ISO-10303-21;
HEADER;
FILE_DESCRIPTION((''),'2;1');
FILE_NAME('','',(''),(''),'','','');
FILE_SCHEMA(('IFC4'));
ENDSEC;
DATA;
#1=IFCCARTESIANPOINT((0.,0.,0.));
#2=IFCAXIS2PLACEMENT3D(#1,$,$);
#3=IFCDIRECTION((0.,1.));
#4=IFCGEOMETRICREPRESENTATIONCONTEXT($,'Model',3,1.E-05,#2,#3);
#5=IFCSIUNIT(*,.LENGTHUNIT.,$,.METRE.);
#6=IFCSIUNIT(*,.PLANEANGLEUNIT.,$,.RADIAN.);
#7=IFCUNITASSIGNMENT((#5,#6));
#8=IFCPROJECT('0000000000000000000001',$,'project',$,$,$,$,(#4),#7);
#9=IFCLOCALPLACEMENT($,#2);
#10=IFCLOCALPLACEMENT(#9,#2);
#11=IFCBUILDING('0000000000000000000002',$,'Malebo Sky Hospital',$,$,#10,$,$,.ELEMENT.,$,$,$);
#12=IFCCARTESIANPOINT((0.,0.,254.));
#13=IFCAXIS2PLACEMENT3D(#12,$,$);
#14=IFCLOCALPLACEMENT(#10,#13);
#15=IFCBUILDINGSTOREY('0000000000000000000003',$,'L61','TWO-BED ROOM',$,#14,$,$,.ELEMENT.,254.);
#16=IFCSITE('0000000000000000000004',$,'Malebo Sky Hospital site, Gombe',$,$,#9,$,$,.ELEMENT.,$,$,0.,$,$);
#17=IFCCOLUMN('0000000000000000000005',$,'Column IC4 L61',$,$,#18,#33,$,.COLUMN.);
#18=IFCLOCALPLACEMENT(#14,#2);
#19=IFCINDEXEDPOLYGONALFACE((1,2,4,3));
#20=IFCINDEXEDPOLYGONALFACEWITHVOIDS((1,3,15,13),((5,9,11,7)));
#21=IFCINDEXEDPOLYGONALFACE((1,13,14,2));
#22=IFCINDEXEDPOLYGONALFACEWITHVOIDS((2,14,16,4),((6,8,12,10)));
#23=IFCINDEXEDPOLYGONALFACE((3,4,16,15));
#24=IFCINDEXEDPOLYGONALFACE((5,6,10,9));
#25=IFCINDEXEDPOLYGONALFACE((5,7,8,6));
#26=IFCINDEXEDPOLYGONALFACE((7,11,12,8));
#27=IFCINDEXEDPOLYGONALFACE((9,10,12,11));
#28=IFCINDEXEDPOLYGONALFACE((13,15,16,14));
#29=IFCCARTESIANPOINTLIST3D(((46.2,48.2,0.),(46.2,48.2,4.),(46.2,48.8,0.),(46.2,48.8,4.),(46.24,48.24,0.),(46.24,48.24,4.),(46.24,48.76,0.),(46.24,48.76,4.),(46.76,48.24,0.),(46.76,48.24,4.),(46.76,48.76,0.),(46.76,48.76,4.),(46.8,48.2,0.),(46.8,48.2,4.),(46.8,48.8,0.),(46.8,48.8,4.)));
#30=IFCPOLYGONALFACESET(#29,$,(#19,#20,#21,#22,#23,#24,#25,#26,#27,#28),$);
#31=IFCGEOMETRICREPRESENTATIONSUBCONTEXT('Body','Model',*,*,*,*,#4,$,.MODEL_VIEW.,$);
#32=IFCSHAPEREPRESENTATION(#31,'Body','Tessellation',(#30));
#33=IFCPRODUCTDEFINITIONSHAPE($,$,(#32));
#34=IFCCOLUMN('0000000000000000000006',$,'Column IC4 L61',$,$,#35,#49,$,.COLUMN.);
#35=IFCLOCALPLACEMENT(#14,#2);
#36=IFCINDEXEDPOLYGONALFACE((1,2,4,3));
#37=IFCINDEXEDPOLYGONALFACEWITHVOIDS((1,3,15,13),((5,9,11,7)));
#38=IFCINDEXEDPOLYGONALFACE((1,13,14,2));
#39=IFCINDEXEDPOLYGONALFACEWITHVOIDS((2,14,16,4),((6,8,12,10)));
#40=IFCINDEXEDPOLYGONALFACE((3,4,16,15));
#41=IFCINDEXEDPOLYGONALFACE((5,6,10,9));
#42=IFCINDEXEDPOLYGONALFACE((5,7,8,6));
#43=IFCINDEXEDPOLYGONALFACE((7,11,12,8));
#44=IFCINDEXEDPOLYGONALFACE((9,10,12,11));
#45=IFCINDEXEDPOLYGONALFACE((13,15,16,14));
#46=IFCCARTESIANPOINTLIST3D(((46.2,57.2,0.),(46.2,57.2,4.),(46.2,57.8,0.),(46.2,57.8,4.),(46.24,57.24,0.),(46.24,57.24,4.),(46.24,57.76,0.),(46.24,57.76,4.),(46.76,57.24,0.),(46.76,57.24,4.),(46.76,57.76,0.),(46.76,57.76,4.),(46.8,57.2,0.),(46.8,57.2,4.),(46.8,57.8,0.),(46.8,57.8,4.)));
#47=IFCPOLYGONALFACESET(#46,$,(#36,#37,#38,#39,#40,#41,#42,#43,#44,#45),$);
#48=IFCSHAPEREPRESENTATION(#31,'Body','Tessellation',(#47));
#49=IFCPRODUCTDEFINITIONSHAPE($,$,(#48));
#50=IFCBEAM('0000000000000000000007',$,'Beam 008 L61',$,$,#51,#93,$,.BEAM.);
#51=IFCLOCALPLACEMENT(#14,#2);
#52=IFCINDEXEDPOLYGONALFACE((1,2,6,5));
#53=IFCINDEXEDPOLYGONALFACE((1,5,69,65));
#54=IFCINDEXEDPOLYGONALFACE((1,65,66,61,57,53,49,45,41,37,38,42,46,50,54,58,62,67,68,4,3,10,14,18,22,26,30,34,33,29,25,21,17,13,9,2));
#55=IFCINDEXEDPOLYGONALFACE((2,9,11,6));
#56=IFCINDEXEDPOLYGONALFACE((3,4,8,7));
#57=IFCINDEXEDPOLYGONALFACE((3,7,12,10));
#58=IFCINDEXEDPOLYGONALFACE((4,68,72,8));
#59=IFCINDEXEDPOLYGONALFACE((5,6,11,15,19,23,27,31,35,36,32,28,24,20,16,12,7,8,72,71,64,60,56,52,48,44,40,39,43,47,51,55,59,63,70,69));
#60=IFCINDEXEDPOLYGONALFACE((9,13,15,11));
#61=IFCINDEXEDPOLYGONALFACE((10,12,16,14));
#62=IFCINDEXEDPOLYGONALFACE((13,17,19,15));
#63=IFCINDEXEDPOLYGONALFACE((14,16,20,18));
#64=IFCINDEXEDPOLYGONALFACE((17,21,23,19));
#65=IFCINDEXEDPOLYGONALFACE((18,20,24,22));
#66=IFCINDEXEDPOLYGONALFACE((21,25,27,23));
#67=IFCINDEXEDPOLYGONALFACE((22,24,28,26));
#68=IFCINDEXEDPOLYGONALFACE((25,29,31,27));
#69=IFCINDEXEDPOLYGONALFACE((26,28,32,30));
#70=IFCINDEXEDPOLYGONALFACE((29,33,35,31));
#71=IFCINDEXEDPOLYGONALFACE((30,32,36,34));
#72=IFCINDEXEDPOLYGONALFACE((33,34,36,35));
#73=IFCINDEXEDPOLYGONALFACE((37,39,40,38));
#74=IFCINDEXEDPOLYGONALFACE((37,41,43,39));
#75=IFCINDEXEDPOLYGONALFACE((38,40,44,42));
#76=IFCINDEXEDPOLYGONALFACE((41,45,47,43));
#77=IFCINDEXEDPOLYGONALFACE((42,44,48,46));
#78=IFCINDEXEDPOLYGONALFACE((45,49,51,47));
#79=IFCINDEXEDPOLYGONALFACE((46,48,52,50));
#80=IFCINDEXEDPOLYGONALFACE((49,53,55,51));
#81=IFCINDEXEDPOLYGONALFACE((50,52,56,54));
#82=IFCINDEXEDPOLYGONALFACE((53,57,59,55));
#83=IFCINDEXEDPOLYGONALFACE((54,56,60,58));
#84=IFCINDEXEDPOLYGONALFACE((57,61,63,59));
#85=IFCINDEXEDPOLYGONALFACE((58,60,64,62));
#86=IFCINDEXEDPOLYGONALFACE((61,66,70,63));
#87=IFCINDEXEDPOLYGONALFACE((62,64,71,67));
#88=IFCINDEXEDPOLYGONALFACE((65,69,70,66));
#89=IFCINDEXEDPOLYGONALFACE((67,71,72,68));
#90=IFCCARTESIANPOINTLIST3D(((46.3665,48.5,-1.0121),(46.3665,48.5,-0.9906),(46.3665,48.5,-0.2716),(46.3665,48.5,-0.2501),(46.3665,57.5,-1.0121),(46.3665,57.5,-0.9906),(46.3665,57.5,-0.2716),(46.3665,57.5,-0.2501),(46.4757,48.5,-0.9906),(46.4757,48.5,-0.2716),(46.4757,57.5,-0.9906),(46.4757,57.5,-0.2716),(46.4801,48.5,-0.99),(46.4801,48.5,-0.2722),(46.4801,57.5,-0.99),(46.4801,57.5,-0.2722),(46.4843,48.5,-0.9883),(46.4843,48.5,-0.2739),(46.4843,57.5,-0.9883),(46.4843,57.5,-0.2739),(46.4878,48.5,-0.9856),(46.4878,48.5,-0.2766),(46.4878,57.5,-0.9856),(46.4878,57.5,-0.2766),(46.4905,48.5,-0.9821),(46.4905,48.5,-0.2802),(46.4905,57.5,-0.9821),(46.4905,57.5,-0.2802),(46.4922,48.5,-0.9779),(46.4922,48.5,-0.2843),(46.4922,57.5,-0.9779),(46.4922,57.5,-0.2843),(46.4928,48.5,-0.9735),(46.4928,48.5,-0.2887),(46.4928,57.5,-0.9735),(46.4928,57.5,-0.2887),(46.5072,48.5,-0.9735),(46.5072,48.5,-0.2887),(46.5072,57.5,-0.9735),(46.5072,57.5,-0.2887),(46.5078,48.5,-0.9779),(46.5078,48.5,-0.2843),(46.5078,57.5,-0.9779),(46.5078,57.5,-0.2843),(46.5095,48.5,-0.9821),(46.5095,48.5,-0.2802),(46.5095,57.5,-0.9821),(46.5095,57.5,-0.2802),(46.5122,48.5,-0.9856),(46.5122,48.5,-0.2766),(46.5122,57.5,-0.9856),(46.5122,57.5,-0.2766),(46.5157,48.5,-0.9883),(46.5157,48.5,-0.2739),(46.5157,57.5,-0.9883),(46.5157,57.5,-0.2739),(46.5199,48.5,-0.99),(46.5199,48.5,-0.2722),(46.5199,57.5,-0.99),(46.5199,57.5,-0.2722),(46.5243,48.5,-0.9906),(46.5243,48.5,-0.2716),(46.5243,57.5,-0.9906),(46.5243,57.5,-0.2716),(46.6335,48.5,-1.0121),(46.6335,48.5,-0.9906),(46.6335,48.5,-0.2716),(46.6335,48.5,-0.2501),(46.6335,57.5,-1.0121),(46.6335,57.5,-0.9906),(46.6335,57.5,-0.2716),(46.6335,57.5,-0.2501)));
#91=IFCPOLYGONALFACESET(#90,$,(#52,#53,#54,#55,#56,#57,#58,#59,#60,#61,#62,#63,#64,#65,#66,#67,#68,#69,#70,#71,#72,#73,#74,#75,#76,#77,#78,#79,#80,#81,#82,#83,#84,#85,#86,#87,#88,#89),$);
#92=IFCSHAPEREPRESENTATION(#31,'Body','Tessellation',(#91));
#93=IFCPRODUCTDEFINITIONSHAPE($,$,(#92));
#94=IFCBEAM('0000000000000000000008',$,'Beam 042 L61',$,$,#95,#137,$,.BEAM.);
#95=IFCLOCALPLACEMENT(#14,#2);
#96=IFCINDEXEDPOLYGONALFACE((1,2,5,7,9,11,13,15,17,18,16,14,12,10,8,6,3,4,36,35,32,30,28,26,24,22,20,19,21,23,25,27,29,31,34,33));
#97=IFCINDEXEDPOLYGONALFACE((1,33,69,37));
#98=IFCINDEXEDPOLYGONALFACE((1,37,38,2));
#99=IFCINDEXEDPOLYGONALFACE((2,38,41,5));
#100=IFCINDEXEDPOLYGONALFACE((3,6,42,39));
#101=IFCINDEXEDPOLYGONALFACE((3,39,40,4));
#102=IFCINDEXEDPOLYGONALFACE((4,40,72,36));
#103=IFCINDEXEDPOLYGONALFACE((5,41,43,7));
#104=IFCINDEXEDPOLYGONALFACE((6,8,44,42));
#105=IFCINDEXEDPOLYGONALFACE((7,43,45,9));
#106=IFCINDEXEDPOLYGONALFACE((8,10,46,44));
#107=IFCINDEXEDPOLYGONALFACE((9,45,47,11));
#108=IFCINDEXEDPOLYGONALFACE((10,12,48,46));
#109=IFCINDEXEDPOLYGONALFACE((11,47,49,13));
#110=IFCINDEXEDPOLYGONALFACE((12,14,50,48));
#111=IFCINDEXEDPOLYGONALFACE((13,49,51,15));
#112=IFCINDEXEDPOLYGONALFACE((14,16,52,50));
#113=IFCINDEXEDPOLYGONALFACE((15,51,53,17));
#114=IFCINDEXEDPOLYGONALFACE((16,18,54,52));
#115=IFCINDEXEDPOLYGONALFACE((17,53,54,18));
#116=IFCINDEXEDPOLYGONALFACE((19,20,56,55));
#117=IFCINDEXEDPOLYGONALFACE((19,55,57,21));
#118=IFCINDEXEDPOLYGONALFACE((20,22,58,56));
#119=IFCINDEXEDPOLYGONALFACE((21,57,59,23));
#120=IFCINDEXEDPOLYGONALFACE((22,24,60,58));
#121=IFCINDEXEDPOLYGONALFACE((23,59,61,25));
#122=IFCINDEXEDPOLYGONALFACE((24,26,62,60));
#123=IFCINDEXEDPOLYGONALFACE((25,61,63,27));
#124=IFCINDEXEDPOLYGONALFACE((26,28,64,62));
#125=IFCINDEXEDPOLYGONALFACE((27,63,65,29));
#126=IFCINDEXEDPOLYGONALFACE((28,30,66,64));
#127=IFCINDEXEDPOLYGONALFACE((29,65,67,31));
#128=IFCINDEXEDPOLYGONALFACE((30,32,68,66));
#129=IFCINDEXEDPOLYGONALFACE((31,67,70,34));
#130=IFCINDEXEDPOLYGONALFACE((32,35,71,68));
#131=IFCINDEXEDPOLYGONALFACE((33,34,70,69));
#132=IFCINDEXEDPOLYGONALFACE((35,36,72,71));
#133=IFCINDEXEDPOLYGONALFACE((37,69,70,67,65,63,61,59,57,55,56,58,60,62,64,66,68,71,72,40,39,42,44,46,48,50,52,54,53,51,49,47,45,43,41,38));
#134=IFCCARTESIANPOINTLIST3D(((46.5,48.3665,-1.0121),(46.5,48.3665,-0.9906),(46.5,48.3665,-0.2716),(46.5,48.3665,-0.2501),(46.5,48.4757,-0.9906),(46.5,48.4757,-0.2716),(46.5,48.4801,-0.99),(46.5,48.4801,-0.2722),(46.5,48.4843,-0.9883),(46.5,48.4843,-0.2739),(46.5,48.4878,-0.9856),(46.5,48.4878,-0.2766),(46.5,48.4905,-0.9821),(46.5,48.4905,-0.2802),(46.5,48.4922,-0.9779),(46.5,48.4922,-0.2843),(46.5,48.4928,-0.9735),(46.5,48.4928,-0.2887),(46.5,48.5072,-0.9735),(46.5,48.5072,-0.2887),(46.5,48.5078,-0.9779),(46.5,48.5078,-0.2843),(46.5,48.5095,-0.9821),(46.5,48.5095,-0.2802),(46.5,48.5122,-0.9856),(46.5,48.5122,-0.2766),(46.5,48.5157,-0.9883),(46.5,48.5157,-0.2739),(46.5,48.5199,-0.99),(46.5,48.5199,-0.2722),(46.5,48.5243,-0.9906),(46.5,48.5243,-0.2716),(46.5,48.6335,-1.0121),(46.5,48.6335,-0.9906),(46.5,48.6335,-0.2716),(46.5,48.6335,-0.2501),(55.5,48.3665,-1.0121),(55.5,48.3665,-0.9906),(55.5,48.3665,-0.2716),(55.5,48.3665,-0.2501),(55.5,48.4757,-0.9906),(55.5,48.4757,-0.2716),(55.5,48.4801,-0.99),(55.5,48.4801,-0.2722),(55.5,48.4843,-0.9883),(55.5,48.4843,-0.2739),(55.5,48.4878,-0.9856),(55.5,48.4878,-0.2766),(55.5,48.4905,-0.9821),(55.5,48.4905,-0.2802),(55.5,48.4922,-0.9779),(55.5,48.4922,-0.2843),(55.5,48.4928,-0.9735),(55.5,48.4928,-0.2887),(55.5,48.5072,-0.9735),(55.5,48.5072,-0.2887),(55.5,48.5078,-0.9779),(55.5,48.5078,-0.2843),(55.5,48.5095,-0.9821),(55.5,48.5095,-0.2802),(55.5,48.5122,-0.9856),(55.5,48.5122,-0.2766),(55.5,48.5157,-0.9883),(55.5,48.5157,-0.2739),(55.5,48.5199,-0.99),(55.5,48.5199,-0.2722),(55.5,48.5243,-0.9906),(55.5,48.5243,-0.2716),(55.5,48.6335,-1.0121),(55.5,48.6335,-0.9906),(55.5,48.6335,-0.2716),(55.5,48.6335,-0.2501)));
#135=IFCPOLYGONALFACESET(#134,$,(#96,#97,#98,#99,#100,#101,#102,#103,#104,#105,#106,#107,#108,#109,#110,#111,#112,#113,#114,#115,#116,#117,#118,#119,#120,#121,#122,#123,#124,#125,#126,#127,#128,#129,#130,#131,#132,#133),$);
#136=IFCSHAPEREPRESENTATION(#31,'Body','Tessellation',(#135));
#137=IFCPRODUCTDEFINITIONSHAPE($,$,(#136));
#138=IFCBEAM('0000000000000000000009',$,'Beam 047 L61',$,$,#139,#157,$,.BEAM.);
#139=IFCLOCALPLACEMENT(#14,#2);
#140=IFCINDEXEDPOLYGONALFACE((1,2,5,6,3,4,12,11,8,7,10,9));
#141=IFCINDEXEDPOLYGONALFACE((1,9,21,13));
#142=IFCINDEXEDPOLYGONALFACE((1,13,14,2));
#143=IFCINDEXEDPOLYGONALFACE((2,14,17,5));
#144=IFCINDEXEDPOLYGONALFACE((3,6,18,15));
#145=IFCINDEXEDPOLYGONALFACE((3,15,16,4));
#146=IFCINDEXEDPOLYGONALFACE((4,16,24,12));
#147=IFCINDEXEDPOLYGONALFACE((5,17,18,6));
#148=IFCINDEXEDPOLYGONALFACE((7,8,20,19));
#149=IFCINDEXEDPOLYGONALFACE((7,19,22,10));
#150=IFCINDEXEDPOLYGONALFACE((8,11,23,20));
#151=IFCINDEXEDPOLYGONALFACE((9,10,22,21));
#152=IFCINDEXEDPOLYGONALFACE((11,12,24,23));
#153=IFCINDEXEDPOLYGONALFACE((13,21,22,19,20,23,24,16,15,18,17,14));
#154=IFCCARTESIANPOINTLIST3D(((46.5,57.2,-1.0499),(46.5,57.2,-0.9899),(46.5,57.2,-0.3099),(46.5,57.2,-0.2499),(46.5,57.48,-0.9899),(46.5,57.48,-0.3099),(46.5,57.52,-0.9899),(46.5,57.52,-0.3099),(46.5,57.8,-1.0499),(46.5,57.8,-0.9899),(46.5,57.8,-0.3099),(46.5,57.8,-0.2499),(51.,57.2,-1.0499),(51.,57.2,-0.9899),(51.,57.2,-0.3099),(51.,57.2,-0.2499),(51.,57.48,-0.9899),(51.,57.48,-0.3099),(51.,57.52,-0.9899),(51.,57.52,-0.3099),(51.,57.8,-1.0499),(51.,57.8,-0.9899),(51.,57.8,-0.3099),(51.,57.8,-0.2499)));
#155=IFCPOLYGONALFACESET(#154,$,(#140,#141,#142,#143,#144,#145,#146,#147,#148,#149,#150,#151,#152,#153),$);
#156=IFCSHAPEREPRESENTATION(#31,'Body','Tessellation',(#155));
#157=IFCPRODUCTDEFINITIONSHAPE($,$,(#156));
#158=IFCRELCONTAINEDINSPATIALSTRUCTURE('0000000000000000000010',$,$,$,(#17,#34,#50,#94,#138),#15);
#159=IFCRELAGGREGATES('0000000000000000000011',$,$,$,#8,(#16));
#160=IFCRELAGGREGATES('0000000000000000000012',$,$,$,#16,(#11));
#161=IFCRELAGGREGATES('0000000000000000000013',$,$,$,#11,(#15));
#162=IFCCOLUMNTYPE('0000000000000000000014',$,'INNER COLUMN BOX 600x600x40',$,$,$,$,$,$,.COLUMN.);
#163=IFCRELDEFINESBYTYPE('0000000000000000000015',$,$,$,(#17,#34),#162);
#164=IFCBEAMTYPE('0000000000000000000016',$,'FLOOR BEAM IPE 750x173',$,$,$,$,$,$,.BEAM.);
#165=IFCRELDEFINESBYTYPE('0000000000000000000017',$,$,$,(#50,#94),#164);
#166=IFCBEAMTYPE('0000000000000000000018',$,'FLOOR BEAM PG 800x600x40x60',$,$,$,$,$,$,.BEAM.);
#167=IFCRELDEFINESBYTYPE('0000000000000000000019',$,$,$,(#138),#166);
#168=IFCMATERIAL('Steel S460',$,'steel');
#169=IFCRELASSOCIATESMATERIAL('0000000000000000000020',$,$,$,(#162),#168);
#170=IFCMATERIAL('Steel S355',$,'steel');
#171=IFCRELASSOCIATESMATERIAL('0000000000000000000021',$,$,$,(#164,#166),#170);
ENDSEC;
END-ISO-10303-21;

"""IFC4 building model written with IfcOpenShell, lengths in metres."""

from ifc_helpers import new_model, si_unit, direction, frame, origin, origin_2d, place, context, subcontext, project, spatial, hollow_rectangle, i_section, extrude, material, material_profile, profile_set, type_object, element, save


model = new_model("IFC4")

# Units and contexts
model_context = context("Model", 3, precision=1e-05, world=origin(), true_north=direction((0.0, 1.0)))
body_context = subcontext(model_context, "Body", "Model", "MODEL_VIEW")
ifc_project = project(units=[si_unit("LENGTHUNIT", "METRE"), si_unit("PLANEANGLEUNIT", "RADIAN")], contexts=[model_context])

# Site, building, storey
site_placement = place(None, origin())
site = spatial("IfcSite", under=ifc_project, at=site_placement, Name="Malebo Sky Hospital site, Gombe", CompositionType="ELEMENT", RefElevation=0.0)
building_placement = place(site_placement, origin())
building = spatial("IfcBuilding", under=site, at=building_placement, Name="Malebo Sky Hospital", CompositionType="ELEMENT")
storey_placement = place(building_placement, frame((0.0, 0.0, 254.0)))
storey = spatial("IfcBuildingStorey", under=building, at=storey_placement, Name="L61", Description="TWO-BED ROOM", CompositionType="ELEMENT", Elevation=254.0)

# Columns
ifc_material_1 = material(Name="Steel S460", Category="steel")
ifc_material_profile_1 = material_profile(ifc_material_1, hollow_rectangle(XDim=0.6001, YDim=0.6001, WallThickness=0.04, at=origin_2d()), Name="BOX 600x600x40")
ifc_profile_set_1 = profile_set([ifc_material_profile_1], Name="Steel S460")
column_type = type_object("IfcColumnType", Name="INNER COLUMN BOX 600x600x40", PredefinedType="COLUMN", material=ifc_profile_set_1)
for number, where, z_axis, x_axis, name in (
    (1, (46.5, 48.5, 0.0), (0.0, 0.0, 1.0), (1.0, 0.0, 0.0), "Column IC4 L61"),
    (2, (46.5, 57.5, 0.0), (0.0, 0.0, 1.0), (1.0, 0.0, 0.0), "Column IC4 L61"),
):
    element("IfcColumn", number, at=place(storey_placement, frame(where, z_axis=z_axis, x_axis=x_axis)), inside=storey, type_object=column_type, Name=name, PredefinedType="COLUMN", context=body_context, shape_type="SweptSolid", body=[
        extrude(hollow_rectangle(XDim=0.6001, YDim=0.6001, WallThickness=0.04, at=origin_2d()), origin(), (0.0, 0.0, 1.0), 4.0),
    ])

# Beams
ifc_material_2 = material(Name="Steel S355", Category="steel")
ifc_material_profile_2 = material_profile(ifc_material_2, i_section(OverallWidth=0.2671, OverallDepth=0.762, WebThickness=0.0144, FlangeThickness=0.0215, FilletRadius=0.0171, at=origin_2d()), Name="IPE 750x173")
ifc_profile_set_2 = profile_set([ifc_material_profile_2], Name="Steel S355")
beam_type_1 = type_object("IfcBeamType", Name="FLOOR BEAM IPE 750x173", PredefinedType="BEAM", material=ifc_profile_set_2)
for number, where, z_axis, x_axis, name in (
    (3, (46.5, 48.5, -0.6311), (0.0, 1.0, 0.0), (-1.0, 0.0, 0.0), "Beam 008 L61"),
    (4, (46.5, 48.5, -0.6311), (1.0, 0.0, 0.0), (0.0, 1.0, 0.0), "Beam 042 L61"),
):
    element("IfcBeam", number, at=place(storey_placement, frame(where, z_axis=z_axis, x_axis=x_axis)), inside=storey, type_object=beam_type_1, Name=name, PredefinedType="BEAM", context=body_context, shape_type="SweptSolid", body=[
        extrude(i_section(OverallWidth=0.2671, OverallDepth=0.762, WebThickness=0.0144, FlangeThickness=0.0215, FilletRadius=0.0171, at=origin_2d()), origin(), (0.0, 0.0, 1.0), 9.0),
    ])
ifc_material_profile_3 = material_profile(ifc_material_2, i_section(OverallWidth=0.6001, OverallDepth=0.8, WebThickness=0.04, FlangeThickness=0.0601, at=origin_2d()), Name="PG 800x600x40x60")
ifc_profile_set_3 = profile_set([ifc_material_profile_3], Name="Steel S355")
beam_type_2 = type_object("IfcBeamType", Name="FLOOR BEAM PG 800x600x40x60", PredefinedType="BEAM", material=ifc_profile_set_3)
beam_1_placement = place(storey_placement, frame((46.5, 57.5, -0.6499), z_axis=(1.0, 0.0, 0.0), x_axis=(0.0, 1.0, 0.0)))
element("IfcBeam", 5, at=beam_1_placement, inside=storey, type_object=beam_type_2, Name="Beam 047 L61", PredefinedType="BEAM", context=body_context, shape_type="SweptSolid", body=[
    extrude(i_section(OverallWidth=0.6001, OverallDepth=0.8, WebThickness=0.04, FlangeThickness=0.0601, at=origin_2d()), origin(), (0.0, 0.0, 1.0), 4.5),
])

save(model, "model.ifc")
